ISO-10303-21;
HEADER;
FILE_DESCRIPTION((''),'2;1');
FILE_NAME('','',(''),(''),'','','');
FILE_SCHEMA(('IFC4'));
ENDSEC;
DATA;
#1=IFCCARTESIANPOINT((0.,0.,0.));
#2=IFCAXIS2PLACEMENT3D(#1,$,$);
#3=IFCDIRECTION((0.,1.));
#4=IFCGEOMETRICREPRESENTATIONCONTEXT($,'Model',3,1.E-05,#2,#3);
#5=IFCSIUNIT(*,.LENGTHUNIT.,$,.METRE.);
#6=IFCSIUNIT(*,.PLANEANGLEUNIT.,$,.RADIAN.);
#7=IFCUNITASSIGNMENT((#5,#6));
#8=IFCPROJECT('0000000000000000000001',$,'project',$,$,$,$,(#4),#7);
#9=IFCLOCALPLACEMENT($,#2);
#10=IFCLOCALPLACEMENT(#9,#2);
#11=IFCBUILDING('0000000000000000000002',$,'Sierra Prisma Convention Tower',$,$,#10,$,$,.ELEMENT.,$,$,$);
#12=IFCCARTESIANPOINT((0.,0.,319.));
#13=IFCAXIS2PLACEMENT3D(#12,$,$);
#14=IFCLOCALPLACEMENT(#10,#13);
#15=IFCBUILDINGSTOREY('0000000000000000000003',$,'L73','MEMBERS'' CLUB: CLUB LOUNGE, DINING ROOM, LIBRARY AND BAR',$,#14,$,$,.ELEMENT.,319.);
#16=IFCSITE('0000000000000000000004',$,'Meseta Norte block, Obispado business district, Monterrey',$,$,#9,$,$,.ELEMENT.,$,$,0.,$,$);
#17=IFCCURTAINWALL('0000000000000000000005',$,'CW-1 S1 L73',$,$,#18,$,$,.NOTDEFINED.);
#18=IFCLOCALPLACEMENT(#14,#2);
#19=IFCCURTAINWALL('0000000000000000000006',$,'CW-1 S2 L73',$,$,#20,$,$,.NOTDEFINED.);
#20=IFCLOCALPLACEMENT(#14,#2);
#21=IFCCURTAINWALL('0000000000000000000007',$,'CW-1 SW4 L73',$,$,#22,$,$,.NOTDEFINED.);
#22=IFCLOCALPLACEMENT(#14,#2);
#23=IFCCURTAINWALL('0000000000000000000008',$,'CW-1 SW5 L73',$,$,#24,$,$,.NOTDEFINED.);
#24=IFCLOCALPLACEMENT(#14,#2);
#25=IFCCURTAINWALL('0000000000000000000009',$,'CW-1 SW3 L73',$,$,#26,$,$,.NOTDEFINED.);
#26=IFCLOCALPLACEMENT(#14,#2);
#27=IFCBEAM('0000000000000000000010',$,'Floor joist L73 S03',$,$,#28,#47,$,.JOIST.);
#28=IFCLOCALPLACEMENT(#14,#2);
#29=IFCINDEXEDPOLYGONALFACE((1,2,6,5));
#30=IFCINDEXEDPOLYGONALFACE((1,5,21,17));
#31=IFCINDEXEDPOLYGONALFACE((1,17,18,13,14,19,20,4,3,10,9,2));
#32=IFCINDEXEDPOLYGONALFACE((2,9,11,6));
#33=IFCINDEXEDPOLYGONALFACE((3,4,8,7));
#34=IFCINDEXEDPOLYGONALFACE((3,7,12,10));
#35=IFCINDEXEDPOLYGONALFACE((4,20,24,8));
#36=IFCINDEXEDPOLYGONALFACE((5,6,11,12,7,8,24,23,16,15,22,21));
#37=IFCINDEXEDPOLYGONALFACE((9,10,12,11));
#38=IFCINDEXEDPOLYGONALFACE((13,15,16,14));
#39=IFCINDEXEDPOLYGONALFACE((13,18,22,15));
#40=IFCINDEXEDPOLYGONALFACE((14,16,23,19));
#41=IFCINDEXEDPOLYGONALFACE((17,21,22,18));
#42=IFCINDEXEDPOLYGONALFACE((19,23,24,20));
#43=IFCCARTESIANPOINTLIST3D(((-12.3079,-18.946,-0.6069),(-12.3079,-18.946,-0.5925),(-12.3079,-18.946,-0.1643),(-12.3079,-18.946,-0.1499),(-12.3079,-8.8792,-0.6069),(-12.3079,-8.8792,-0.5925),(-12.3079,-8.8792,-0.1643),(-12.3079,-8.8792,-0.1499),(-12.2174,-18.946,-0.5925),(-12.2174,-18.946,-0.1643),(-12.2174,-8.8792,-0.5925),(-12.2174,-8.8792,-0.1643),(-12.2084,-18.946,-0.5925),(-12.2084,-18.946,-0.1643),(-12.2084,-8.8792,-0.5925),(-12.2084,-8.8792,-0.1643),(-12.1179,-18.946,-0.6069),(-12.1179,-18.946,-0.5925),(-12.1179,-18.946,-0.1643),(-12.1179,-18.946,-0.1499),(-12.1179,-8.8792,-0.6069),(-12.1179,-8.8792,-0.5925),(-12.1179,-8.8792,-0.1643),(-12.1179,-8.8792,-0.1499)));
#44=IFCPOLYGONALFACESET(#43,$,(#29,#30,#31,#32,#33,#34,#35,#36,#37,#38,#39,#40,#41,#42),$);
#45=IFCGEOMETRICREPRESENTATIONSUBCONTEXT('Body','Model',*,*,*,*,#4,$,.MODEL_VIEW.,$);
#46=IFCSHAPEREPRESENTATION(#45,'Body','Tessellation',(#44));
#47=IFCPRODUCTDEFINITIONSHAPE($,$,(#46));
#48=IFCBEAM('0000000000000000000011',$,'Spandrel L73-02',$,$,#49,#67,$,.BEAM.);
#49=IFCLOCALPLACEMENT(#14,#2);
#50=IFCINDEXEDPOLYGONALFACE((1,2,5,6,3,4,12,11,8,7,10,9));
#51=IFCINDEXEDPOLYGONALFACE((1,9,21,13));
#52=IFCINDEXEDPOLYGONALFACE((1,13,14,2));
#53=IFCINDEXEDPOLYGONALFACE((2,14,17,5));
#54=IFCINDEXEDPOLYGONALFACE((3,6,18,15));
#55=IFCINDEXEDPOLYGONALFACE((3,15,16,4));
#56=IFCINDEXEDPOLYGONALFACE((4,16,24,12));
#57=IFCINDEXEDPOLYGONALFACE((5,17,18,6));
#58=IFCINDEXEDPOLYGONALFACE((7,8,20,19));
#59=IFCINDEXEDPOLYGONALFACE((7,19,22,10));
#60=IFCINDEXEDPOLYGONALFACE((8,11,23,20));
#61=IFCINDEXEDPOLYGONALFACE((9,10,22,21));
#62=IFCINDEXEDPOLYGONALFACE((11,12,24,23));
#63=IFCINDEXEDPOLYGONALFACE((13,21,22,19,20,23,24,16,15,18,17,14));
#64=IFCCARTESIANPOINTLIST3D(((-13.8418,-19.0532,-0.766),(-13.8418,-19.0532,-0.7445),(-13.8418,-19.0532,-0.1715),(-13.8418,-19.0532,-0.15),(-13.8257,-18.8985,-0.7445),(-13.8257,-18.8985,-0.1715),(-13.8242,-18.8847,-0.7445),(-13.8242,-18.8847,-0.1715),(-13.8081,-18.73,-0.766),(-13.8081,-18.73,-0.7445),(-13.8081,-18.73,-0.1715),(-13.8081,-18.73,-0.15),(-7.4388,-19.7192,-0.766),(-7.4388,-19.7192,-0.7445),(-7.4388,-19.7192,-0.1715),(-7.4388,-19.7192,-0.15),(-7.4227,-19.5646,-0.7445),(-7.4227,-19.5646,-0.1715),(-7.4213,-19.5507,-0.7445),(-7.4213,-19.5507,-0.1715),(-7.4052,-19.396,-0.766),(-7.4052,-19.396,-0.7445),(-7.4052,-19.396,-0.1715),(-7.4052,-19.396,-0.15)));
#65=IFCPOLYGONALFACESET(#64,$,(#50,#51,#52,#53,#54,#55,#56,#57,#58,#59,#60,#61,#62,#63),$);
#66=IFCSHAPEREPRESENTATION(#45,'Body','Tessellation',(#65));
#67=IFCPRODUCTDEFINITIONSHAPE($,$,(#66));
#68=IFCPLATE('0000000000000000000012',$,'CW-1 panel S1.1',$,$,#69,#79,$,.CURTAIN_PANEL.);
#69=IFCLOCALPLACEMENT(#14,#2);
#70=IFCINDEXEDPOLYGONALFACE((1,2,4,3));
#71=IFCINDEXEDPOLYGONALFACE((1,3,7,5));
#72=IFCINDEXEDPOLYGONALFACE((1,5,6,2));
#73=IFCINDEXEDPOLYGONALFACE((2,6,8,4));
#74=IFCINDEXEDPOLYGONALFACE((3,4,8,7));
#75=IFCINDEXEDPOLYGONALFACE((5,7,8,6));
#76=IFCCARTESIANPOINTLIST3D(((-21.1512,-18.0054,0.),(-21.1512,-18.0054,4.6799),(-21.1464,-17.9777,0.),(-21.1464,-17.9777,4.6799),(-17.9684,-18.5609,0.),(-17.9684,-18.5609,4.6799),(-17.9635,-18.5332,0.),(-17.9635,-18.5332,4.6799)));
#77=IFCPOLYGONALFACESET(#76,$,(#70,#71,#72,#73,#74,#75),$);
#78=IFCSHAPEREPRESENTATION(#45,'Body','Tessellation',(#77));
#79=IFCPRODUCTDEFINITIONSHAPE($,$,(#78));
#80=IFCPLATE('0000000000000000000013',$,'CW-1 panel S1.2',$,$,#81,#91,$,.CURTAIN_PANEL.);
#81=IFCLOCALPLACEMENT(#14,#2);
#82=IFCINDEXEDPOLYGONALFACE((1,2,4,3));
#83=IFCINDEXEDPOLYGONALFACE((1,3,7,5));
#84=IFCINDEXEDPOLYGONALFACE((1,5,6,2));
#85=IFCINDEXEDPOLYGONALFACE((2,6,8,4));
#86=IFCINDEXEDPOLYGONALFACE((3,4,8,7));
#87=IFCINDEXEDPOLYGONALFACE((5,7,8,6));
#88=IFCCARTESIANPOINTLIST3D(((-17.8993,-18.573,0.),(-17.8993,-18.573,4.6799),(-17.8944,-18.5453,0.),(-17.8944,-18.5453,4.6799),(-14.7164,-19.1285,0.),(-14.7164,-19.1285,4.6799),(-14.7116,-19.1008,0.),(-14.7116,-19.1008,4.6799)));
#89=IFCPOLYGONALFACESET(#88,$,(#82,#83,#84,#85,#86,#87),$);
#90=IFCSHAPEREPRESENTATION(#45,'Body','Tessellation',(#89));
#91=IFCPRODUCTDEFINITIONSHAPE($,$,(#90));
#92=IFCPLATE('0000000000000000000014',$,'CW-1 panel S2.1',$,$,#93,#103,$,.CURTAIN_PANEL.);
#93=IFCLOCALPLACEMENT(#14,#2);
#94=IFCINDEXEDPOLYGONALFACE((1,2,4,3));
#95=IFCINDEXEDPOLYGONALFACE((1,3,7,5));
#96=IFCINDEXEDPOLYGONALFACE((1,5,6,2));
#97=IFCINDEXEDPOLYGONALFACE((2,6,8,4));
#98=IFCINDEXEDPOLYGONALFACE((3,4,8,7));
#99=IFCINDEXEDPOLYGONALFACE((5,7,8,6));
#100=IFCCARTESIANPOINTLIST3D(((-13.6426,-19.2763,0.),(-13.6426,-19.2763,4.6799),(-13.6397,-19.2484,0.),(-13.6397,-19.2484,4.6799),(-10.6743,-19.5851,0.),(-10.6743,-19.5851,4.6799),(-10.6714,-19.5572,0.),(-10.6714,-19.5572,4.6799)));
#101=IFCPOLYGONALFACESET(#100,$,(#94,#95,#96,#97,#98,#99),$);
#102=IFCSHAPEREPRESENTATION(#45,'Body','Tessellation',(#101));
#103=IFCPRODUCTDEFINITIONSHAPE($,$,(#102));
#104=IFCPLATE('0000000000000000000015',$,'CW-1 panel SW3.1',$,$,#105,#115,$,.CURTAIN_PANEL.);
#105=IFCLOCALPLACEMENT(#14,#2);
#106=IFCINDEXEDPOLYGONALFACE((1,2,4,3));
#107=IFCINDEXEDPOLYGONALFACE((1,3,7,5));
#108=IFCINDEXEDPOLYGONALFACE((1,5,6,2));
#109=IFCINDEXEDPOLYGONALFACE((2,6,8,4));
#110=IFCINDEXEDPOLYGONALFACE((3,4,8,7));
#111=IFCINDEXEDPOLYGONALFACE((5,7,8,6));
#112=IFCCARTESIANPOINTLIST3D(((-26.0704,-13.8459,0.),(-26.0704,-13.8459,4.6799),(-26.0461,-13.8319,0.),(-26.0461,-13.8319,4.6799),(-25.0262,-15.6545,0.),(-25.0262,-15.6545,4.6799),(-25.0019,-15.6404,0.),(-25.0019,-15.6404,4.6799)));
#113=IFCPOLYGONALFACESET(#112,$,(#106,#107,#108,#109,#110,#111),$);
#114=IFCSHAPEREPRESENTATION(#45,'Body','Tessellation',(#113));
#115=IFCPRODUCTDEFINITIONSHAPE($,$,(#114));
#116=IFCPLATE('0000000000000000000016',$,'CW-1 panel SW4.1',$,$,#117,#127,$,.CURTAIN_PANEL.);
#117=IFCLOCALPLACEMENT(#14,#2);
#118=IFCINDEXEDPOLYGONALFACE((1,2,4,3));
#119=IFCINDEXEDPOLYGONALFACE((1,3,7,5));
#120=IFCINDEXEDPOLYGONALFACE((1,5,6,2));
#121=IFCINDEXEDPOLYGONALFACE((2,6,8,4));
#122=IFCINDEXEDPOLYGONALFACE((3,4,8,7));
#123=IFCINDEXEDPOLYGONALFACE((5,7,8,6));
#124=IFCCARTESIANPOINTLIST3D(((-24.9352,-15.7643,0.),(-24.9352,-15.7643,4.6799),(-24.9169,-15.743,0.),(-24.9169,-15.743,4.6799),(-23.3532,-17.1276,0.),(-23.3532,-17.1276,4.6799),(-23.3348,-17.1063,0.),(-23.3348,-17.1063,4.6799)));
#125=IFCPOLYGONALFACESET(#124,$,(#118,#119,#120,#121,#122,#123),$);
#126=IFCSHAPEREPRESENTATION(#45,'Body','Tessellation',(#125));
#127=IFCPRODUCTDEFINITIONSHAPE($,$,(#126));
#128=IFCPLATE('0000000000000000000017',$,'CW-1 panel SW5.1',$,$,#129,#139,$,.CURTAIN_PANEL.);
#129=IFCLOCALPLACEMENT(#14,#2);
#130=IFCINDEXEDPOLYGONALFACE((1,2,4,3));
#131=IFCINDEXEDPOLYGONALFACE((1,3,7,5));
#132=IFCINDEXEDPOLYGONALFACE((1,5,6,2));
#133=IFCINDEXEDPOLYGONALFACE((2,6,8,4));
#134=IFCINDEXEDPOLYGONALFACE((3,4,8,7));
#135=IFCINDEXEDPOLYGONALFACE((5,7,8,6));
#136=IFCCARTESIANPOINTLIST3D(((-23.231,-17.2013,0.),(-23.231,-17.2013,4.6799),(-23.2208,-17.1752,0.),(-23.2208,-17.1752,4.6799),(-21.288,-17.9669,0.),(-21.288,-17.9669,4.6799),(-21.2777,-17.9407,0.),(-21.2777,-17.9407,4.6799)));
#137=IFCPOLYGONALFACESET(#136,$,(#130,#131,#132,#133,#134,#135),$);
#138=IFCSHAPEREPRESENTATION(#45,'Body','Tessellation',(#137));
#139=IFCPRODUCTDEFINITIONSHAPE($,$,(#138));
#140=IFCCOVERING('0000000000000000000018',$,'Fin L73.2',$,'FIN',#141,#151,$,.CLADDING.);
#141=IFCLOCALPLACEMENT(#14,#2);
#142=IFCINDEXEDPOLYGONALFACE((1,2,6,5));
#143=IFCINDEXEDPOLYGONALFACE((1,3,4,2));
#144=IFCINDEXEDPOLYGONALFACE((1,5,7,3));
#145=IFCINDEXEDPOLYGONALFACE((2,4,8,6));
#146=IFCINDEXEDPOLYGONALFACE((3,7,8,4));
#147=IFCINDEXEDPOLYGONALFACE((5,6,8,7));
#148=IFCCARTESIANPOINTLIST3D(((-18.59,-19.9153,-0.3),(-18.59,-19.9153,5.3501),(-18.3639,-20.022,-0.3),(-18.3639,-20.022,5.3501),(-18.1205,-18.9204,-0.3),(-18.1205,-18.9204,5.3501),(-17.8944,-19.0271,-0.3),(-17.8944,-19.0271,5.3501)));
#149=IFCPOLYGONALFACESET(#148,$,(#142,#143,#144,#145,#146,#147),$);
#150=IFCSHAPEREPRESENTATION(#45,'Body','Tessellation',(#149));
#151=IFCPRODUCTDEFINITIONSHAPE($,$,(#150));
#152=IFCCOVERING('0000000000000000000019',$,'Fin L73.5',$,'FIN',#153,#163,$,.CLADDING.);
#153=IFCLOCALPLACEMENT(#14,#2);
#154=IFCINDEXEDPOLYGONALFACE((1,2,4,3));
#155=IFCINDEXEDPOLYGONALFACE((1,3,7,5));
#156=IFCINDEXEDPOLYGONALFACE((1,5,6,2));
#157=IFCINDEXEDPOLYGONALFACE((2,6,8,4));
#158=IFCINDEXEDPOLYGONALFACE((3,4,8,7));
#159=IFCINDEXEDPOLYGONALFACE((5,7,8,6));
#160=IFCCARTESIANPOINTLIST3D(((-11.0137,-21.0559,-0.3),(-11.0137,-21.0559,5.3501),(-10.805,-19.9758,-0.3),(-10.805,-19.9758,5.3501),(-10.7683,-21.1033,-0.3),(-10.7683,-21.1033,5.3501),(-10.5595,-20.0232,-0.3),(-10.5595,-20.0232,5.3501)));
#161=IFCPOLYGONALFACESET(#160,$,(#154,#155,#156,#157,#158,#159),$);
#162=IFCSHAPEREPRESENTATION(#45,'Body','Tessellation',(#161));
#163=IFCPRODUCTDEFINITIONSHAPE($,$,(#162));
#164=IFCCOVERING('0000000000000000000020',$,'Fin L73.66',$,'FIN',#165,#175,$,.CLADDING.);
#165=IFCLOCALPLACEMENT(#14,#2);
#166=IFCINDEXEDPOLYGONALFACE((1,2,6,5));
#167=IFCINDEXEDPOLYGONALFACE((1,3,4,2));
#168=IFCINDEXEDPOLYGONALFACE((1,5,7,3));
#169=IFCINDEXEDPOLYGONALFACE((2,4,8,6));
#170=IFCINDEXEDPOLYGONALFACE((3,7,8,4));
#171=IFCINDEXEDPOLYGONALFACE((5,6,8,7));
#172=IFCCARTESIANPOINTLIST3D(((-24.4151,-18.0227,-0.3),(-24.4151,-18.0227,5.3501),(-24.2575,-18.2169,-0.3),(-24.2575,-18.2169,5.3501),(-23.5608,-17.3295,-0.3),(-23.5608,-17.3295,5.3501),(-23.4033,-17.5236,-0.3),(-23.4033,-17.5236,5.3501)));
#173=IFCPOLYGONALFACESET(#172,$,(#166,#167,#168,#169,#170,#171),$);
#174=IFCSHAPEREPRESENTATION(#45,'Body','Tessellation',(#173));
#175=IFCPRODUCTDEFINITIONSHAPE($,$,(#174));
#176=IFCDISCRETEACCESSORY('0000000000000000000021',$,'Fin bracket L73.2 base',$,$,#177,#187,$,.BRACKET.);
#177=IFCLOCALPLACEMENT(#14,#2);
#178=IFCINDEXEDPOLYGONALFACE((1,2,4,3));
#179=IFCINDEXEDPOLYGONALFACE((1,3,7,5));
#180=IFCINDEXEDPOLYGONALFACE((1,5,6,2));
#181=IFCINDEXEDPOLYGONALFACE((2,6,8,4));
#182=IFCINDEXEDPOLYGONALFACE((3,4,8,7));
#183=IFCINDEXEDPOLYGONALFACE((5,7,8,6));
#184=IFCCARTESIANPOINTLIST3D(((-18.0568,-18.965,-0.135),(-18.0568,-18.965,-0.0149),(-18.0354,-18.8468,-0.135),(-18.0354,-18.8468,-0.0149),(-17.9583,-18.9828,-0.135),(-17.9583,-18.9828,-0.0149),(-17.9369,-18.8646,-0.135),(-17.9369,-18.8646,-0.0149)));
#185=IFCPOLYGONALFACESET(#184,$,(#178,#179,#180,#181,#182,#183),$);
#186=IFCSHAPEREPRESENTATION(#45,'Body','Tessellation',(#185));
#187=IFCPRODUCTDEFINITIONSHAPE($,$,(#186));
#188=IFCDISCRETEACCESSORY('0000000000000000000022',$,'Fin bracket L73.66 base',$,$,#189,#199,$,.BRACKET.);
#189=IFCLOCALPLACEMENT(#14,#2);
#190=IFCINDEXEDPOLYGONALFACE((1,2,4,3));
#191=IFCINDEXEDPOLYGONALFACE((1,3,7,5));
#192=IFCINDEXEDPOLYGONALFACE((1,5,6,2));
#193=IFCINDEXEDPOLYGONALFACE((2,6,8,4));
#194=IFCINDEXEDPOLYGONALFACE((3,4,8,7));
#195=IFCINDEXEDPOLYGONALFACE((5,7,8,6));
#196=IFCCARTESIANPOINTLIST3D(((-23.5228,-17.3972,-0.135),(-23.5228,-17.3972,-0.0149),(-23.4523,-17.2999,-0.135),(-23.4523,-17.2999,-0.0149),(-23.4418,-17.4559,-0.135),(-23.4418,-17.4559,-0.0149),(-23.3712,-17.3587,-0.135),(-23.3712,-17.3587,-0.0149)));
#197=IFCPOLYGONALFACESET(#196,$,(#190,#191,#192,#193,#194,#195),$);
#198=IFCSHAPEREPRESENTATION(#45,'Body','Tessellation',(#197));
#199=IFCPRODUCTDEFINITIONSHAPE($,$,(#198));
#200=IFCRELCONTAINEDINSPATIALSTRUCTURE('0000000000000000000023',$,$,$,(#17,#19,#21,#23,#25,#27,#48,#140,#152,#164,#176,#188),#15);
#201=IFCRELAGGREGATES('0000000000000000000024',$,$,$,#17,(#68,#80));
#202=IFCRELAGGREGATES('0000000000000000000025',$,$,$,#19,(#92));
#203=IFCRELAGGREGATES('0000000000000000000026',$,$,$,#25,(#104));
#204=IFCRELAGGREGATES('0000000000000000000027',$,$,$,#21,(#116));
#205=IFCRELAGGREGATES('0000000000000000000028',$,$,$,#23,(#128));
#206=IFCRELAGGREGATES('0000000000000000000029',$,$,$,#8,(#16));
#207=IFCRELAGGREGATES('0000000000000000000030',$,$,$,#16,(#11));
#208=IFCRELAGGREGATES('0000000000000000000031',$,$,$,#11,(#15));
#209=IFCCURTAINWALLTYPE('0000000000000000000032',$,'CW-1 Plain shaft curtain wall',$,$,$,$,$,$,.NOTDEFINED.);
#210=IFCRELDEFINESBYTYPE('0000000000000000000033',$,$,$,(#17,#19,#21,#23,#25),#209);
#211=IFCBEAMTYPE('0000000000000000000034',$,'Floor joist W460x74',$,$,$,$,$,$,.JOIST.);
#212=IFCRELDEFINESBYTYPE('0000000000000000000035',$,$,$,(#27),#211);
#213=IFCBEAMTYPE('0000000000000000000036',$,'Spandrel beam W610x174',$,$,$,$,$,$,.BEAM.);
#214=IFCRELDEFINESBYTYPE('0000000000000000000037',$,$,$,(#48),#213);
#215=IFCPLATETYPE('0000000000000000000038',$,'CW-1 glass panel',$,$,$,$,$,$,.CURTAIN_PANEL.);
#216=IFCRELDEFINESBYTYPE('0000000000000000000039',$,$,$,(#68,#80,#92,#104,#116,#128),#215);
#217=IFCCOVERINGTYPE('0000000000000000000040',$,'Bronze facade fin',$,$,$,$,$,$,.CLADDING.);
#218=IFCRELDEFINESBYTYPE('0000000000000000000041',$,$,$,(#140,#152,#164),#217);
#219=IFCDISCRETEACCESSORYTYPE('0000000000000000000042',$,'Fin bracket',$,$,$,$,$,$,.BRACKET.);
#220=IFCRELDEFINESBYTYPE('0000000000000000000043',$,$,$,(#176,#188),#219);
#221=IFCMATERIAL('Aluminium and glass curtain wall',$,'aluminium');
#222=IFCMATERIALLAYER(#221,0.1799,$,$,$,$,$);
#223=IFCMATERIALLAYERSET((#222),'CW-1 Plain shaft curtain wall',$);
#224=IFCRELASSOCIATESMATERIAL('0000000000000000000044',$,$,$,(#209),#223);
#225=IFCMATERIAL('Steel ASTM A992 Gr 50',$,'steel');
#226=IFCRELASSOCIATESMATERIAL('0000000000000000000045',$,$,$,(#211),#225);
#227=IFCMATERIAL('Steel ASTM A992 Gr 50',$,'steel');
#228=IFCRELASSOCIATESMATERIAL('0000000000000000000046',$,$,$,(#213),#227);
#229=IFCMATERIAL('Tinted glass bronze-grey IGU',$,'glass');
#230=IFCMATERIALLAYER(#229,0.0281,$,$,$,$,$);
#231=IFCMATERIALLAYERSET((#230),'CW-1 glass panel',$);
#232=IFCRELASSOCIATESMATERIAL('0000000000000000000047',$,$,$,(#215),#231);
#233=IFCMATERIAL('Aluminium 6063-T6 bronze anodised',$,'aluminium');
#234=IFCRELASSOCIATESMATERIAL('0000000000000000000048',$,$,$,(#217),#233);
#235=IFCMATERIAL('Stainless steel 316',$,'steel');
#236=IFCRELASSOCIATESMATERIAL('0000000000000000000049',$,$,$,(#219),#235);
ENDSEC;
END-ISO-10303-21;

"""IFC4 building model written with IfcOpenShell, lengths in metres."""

from ifc_helpers import new_model, si_unit, direction, frame, origin, origin_2d, place, context, subcontext, project, spatial, rectangle, i_section, extrude, material, layer, layer_set, material_profile, profile_set, type_object, element, aggregate, save


model = new_model("IFC4")

# Units and contexts
model_context = context("Model", 3, precision=1e-05, world=origin(), true_north=direction((0.0, 1.0)))
body_context = subcontext(model_context, "Body", "Model", "MODEL_VIEW")
ifc_project = project(units=[si_unit("LENGTHUNIT", "METRE"), si_unit("PLANEANGLEUNIT", "RADIAN")], contexts=[model_context])

# Site, building, storey
site_placement = place(None, origin())
site = spatial("IfcSite", under=ifc_project, at=site_placement, Name="Meseta Norte block, Obispado business district, Monterrey", CompositionType="ELEMENT", RefElevation=0.0)
building_placement = place(site_placement, origin())
building = spatial("IfcBuilding", under=site, at=building_placement, Name="Sierra Prisma Convention Tower", CompositionType="ELEMENT")
storey_placement = place(building_placement, frame((0.0, 0.0, 319.0)))
storey = spatial("IfcBuildingStorey", under=building, at=storey_placement, Name="L73", Description="MEMBERS' CLUB: CLUB LOUNGE, DINING ROOM, LIBRARY AND BAR", CompositionType="ELEMENT", Elevation=319.0)

# Curtain wall
ifc_material_1 = material(Name="Aluminium and glass curtain wall", Category="aluminium")
ifc_layer_1 = layer(ifc_material_1, 0.1799)
ifc_layer_set_1 = layer_set([ifc_layer_1], Name="CW-1 Plain shaft curtain wall")
curtain_wall_type = type_object("IfcCurtainWallType", Name="CW-1 Plain shaft curtain wall", PredefinedType="NOTDEFINED", material=ifc_layer_set_1)
curtain_wall_1_placement = place(storey_placement, origin())
curtain_wall_1 = element("IfcCurtainWall", 1, at=curtain_wall_1_placement, inside=storey, type_object=curtain_wall_type, Name="CW-1 S1 L73", PredefinedType="NOTDEFINED")

# Curtain walls
curtain_wall_2_placement = place(storey_placement, origin())
curtain_wall_2 = element("IfcCurtainWall", 2, at=curtain_wall_2_placement, inside=storey, type_object=curtain_wall_type, Name="CW-1 S2 L73", PredefinedType="NOTDEFINED")
curtain_wall_3_placement = place(storey_placement, origin())
curtain_wall_3 = element("IfcCurtainWall", 3, at=curtain_wall_3_placement, inside=storey, type_object=curtain_wall_type, Name="CW-1 SW4 L73", PredefinedType="NOTDEFINED")
curtain_wall_4_placement = place(storey_placement, origin())
curtain_wall_4 = element("IfcCurtainWall", 4, at=curtain_wall_4_placement, inside=storey, type_object=curtain_wall_type, Name="CW-1 SW5 L73", PredefinedType="NOTDEFINED")

# Curtain wall
curtain_wall_5_placement = place(storey_placement, origin())
curtain_wall_5 = element("IfcCurtainWall", 5, at=curtain_wall_5_placement, inside=storey, type_object=curtain_wall_type, Name="CW-1 SW3 L73", PredefinedType="NOTDEFINED")

# Beams
ifc_material_2 = material(Name="Steel ASTM A992 Gr 50", Category="steel")
ifc_material_profile_1 = material_profile(ifc_material_2, i_section(OverallWidth=0.1899, OverallDepth=0.457, WebThickness=0.009, FlangeThickness=0.0144, at=origin_2d()), Name="W460x74")
ifc_profile_set_1 = profile_set([ifc_material_profile_1], Name="Steel ASTM A992 Gr 50")
beam_type_1 = type_object("IfcBeamType", Name="Floor joist W460x74", PredefinedType="JOIST", material=ifc_profile_set_1)
beam_1_placement = place(storey_placement, frame((-12.2129, -18.946, -0.3784), z_axis=(0.0, 1.0, 0.0), x_axis=(-1.0, 0.0, 0.0)))
element("IfcBeam", 6, at=beam_1_placement, inside=storey, type_object=beam_type_1, Name="Floor joist L73 S03", PredefinedType="JOIST", context=body_context, shape_type="SweptSolid", body=[
    extrude(i_section(OverallWidth=0.1899, OverallDepth=0.457, WebThickness=0.009, FlangeThickness=0.0144, at=origin_2d()), origin(), (0.0, 0.0, 1.0), 10.0669),
])
ifc_material_3 = material(Name="Steel ASTM A992 Gr 50", Category="steel")
ifc_material_profile_2 = material_profile(ifc_material_3, i_section(OverallWidth=0.325, OverallDepth=0.616, WebThickness=0.0139, FlangeThickness=0.0215, at=origin_2d()), Name="W610x174")
ifc_profile_set_2 = profile_set([ifc_material_profile_2], Name="Steel ASTM A992 Gr 50")
beam_type_2 = type_object("IfcBeamType", Name="Spandrel beam W610x174", PredefinedType="BEAM", material=ifc_profile_set_2)
beam_2_placement = place(storey_placement, frame((-13.825, -18.8916, -0.458), z_axis=(0.994634, -0.103461, 0.0), x_axis=(0.103461, 0.994634, 0.0)))
element("IfcBeam", 7, at=beam_2_placement, inside=storey, type_object=beam_type_2, Name="Spandrel L73-02", PredefinedType="BEAM", context=body_context, shape_type="SweptSolid", body=[
    extrude(i_section(OverallWidth=0.325, OverallDepth=0.616, WebThickness=0.0139, FlangeThickness=0.0215, at=origin_2d()), origin(), (0.0, 0.0, 1.0), 6.4375),
])

# Plates
ifc_material_4 = material(Name="Tinted glass bronze-grey IGU", Category="glass")
ifc_layer_2 = layer(ifc_material_4, 0.0281)
ifc_layer_set_2 = layer_set([ifc_layer_2], Name="CW-1 glass panel")
plate_type = type_object("IfcPlateType", Name="CW-1 glass panel", PredefinedType="CURTAIN_PANEL", material=ifc_layer_set_2)
plate_1_placement = place(storey_placement, frame((-19.5574, -18.2693, 0.0), z_axis=(0.0, 0.0, 1.0), x_axis=(0.985109, -0.171929, 0.0)))
plate_1 = element("IfcPlate", 8, at=plate_1_placement, type_object=plate_type, Name="CW-1 panel S1.1", PredefinedType="CURTAIN_PANEL", context=body_context, shape_type="SweptSolid", body=[
    extrude(rectangle(XDim=3.231, YDim=0.0281, at=origin_2d()), origin(), (0.0, 0.0, 1.0), 4.6799),
])
plate_2_placement = place(storey_placement, frame((-16.3054, -18.8369, 0.0), z_axis=(0.0, 0.0, 1.0), x_axis=(0.985109, -0.171929, 0.0)))
plate_2 = element("IfcPlate", 9, at=plate_2_placement, type_object=plate_type, Name="CW-1 panel S1.2", PredefinedType="CURTAIN_PANEL", context=body_context, shape_type="SweptSolid", body=[
    extrude(rectangle(XDim=3.231, YDim=0.0281, at=origin_2d()), origin(), (0.0, 0.0, 1.0), 4.6799),
])
aggregate(curtain_wall_1, [plate_1, plate_2])
plate_3_placement = place(storey_placement, frame((-12.157, -19.4167, 0.0), z_axis=(0.0, 0.0, 1.0), x_axis=(0.994631, -0.103487, 0.0)))
plate_3 = element("IfcPlate", 10, at=plate_3_placement, type_object=plate_type, Name="CW-1 panel S2.1", PredefinedType="CURTAIN_PANEL", context=body_context, shape_type="SweptSolid", body=[
    extrude(rectangle(XDim=2.9844, YDim=0.0281, at=origin_2d()), origin(), (0.0, 0.0, 1.0), 4.6799),
])
aggregate(curtain_wall_2, [plate_3])
plate_4_placement = place(storey_placement, frame((-25.5361, -14.7432, 0.0), z_axis=(0.0, 0.0, 1.0), x_axis=(0.5, -0.866025, 0.0)))
plate_4 = element("IfcPlate", 11, at=plate_4_placement, type_object=plate_type, Name="CW-1 panel SW3.1", PredefinedType="CURTAIN_PANEL", context=body_context, shape_type="SweptSolid", body=[
    extrude(rectangle(XDim=2.0884, YDim=0.0281, at=origin_2d()), origin(), (0.0, 0.0, 1.0), 4.6799),
])
aggregate(curtain_wall_5, [plate_4])
plate_5_placement = place(storey_placement, frame((-24.135, -16.4353, 0.0), z_axis=(0.0, 0.0, 1.0), x_axis=(0.757542, -0.652786, 0.0)))
plate_5 = element("IfcPlate", 12, at=plate_5_placement, type_object=plate_type, Name="CW-1 panel SW4.1", PredefinedType="CURTAIN_PANEL", context=body_context, shape_type="SweptSolid", body=[
    extrude(rectangle(XDim=2.0884, YDim=0.0281, at=origin_2d()), origin(), (0.0, 0.0, 1.0), 4.6799),
])
aggregate(curtain_wall_3, [plate_5])
plate_6_placement = place(storey_placement, frame((-22.2544, -17.571, 0.0), z_axis=(0.0, 0.0, 1.0), x_axis=(0.930392, -0.366566, 0.0)))
plate_6 = element("IfcPlate", 13, at=plate_6_placement, type_object=plate_type, Name="CW-1 panel SW5.1", PredefinedType="CURTAIN_PANEL", context=body_context, shape_type="SweptSolid", body=[
    extrude(rectangle(XDim=2.0884, YDim=0.0281, at=origin_2d()), origin(), (0.0, 0.0, 1.0), 4.6799),
])
aggregate(curtain_wall_4, [plate_6])

# Coverings
ifc_material_5 = material(Name="Aluminium 6063-T6 bronze anodised", Category="aluminium")
ifc_material_profile_3 = material_profile(ifc_material_5, rectangle(XDim=1.1001, YDim=0.25, at=origin_2d()), Name="ALU FIN 1100x250")
ifc_profile_set_3 = profile_set([ifc_material_profile_3], Name="Aluminium 6063-T6 bronze anodised")
covering_type = type_object("IfcCoveringType", Name="Bronze facade fin", PredefinedType="CLADDING", material=ifc_profile_set_3)
for number, where, z_axis, x_axis, name in (
    (14, (-18.2422, -19.4712, -0.3), (0.0, 0.0, 1.0), (-0.426727, -0.904381, 0.0), "Fin L73.2"),
    (15, (-10.7866, -20.5396, -0.3), (0.0, 0.0, 1.0), (-0.189781, -0.981826, 0.0), "Fin L73.5"),
    (16, (-23.9092, -17.7732, -0.3), (0.0, 0.0, 1.0), (-0.776487, -0.630134, 0.0), "Fin L73.66"),
):
    element("IfcCovering", number, at=place(storey_placement, frame(where, z_axis=z_axis, x_axis=x_axis)), inside=storey, type_object=covering_type, Name=name, ObjectType="FIN", PredefinedType="CLADDING", context=body_context, shape_type="SweptSolid", body=[
        extrude(rectangle(XDim=1.1001, YDim=0.25, at=origin_2d()), origin(), (0.0, 0.0, 1.0), 5.6501),
    ])

# Discrete accessories
ifc_material_6 = material(Name="Stainless steel 316", Category="steel")
discrete_accessory_type = type_object("IfcDiscreteAccessoryType", Name="Fin bracket", PredefinedType="BRACKET", material=ifc_material_6)
for number, where, z_axis, x_axis, name in (
    (17, (-17.9968, -18.9148, -0.135), (0.0, 0.0, 1.0), (-0.178115, -0.98401, 0.0), "Fin bracket L73.2 base"),
    (18, (-23.447, -17.3779, -0.135), (0.0, 0.0, 1.0), (-0.586938, -0.809632, 0.0), "Fin bracket L73.66 base"),
):
    element("IfcDiscreteAccessory", number, at=place(storey_placement, frame(where, z_axis=z_axis, x_axis=x_axis)), inside=storey, type_object=discrete_accessory_type, Name=name, PredefinedType="BRACKET", context=body_context, shape_type="SweptSolid", body=[
        extrude(rectangle(XDim=0.1201, YDim=0.1001, at=origin_2d()), origin(), (0.0, 0.0, 1.0), 0.1201),
    ])

save(model, "model.ifc")
